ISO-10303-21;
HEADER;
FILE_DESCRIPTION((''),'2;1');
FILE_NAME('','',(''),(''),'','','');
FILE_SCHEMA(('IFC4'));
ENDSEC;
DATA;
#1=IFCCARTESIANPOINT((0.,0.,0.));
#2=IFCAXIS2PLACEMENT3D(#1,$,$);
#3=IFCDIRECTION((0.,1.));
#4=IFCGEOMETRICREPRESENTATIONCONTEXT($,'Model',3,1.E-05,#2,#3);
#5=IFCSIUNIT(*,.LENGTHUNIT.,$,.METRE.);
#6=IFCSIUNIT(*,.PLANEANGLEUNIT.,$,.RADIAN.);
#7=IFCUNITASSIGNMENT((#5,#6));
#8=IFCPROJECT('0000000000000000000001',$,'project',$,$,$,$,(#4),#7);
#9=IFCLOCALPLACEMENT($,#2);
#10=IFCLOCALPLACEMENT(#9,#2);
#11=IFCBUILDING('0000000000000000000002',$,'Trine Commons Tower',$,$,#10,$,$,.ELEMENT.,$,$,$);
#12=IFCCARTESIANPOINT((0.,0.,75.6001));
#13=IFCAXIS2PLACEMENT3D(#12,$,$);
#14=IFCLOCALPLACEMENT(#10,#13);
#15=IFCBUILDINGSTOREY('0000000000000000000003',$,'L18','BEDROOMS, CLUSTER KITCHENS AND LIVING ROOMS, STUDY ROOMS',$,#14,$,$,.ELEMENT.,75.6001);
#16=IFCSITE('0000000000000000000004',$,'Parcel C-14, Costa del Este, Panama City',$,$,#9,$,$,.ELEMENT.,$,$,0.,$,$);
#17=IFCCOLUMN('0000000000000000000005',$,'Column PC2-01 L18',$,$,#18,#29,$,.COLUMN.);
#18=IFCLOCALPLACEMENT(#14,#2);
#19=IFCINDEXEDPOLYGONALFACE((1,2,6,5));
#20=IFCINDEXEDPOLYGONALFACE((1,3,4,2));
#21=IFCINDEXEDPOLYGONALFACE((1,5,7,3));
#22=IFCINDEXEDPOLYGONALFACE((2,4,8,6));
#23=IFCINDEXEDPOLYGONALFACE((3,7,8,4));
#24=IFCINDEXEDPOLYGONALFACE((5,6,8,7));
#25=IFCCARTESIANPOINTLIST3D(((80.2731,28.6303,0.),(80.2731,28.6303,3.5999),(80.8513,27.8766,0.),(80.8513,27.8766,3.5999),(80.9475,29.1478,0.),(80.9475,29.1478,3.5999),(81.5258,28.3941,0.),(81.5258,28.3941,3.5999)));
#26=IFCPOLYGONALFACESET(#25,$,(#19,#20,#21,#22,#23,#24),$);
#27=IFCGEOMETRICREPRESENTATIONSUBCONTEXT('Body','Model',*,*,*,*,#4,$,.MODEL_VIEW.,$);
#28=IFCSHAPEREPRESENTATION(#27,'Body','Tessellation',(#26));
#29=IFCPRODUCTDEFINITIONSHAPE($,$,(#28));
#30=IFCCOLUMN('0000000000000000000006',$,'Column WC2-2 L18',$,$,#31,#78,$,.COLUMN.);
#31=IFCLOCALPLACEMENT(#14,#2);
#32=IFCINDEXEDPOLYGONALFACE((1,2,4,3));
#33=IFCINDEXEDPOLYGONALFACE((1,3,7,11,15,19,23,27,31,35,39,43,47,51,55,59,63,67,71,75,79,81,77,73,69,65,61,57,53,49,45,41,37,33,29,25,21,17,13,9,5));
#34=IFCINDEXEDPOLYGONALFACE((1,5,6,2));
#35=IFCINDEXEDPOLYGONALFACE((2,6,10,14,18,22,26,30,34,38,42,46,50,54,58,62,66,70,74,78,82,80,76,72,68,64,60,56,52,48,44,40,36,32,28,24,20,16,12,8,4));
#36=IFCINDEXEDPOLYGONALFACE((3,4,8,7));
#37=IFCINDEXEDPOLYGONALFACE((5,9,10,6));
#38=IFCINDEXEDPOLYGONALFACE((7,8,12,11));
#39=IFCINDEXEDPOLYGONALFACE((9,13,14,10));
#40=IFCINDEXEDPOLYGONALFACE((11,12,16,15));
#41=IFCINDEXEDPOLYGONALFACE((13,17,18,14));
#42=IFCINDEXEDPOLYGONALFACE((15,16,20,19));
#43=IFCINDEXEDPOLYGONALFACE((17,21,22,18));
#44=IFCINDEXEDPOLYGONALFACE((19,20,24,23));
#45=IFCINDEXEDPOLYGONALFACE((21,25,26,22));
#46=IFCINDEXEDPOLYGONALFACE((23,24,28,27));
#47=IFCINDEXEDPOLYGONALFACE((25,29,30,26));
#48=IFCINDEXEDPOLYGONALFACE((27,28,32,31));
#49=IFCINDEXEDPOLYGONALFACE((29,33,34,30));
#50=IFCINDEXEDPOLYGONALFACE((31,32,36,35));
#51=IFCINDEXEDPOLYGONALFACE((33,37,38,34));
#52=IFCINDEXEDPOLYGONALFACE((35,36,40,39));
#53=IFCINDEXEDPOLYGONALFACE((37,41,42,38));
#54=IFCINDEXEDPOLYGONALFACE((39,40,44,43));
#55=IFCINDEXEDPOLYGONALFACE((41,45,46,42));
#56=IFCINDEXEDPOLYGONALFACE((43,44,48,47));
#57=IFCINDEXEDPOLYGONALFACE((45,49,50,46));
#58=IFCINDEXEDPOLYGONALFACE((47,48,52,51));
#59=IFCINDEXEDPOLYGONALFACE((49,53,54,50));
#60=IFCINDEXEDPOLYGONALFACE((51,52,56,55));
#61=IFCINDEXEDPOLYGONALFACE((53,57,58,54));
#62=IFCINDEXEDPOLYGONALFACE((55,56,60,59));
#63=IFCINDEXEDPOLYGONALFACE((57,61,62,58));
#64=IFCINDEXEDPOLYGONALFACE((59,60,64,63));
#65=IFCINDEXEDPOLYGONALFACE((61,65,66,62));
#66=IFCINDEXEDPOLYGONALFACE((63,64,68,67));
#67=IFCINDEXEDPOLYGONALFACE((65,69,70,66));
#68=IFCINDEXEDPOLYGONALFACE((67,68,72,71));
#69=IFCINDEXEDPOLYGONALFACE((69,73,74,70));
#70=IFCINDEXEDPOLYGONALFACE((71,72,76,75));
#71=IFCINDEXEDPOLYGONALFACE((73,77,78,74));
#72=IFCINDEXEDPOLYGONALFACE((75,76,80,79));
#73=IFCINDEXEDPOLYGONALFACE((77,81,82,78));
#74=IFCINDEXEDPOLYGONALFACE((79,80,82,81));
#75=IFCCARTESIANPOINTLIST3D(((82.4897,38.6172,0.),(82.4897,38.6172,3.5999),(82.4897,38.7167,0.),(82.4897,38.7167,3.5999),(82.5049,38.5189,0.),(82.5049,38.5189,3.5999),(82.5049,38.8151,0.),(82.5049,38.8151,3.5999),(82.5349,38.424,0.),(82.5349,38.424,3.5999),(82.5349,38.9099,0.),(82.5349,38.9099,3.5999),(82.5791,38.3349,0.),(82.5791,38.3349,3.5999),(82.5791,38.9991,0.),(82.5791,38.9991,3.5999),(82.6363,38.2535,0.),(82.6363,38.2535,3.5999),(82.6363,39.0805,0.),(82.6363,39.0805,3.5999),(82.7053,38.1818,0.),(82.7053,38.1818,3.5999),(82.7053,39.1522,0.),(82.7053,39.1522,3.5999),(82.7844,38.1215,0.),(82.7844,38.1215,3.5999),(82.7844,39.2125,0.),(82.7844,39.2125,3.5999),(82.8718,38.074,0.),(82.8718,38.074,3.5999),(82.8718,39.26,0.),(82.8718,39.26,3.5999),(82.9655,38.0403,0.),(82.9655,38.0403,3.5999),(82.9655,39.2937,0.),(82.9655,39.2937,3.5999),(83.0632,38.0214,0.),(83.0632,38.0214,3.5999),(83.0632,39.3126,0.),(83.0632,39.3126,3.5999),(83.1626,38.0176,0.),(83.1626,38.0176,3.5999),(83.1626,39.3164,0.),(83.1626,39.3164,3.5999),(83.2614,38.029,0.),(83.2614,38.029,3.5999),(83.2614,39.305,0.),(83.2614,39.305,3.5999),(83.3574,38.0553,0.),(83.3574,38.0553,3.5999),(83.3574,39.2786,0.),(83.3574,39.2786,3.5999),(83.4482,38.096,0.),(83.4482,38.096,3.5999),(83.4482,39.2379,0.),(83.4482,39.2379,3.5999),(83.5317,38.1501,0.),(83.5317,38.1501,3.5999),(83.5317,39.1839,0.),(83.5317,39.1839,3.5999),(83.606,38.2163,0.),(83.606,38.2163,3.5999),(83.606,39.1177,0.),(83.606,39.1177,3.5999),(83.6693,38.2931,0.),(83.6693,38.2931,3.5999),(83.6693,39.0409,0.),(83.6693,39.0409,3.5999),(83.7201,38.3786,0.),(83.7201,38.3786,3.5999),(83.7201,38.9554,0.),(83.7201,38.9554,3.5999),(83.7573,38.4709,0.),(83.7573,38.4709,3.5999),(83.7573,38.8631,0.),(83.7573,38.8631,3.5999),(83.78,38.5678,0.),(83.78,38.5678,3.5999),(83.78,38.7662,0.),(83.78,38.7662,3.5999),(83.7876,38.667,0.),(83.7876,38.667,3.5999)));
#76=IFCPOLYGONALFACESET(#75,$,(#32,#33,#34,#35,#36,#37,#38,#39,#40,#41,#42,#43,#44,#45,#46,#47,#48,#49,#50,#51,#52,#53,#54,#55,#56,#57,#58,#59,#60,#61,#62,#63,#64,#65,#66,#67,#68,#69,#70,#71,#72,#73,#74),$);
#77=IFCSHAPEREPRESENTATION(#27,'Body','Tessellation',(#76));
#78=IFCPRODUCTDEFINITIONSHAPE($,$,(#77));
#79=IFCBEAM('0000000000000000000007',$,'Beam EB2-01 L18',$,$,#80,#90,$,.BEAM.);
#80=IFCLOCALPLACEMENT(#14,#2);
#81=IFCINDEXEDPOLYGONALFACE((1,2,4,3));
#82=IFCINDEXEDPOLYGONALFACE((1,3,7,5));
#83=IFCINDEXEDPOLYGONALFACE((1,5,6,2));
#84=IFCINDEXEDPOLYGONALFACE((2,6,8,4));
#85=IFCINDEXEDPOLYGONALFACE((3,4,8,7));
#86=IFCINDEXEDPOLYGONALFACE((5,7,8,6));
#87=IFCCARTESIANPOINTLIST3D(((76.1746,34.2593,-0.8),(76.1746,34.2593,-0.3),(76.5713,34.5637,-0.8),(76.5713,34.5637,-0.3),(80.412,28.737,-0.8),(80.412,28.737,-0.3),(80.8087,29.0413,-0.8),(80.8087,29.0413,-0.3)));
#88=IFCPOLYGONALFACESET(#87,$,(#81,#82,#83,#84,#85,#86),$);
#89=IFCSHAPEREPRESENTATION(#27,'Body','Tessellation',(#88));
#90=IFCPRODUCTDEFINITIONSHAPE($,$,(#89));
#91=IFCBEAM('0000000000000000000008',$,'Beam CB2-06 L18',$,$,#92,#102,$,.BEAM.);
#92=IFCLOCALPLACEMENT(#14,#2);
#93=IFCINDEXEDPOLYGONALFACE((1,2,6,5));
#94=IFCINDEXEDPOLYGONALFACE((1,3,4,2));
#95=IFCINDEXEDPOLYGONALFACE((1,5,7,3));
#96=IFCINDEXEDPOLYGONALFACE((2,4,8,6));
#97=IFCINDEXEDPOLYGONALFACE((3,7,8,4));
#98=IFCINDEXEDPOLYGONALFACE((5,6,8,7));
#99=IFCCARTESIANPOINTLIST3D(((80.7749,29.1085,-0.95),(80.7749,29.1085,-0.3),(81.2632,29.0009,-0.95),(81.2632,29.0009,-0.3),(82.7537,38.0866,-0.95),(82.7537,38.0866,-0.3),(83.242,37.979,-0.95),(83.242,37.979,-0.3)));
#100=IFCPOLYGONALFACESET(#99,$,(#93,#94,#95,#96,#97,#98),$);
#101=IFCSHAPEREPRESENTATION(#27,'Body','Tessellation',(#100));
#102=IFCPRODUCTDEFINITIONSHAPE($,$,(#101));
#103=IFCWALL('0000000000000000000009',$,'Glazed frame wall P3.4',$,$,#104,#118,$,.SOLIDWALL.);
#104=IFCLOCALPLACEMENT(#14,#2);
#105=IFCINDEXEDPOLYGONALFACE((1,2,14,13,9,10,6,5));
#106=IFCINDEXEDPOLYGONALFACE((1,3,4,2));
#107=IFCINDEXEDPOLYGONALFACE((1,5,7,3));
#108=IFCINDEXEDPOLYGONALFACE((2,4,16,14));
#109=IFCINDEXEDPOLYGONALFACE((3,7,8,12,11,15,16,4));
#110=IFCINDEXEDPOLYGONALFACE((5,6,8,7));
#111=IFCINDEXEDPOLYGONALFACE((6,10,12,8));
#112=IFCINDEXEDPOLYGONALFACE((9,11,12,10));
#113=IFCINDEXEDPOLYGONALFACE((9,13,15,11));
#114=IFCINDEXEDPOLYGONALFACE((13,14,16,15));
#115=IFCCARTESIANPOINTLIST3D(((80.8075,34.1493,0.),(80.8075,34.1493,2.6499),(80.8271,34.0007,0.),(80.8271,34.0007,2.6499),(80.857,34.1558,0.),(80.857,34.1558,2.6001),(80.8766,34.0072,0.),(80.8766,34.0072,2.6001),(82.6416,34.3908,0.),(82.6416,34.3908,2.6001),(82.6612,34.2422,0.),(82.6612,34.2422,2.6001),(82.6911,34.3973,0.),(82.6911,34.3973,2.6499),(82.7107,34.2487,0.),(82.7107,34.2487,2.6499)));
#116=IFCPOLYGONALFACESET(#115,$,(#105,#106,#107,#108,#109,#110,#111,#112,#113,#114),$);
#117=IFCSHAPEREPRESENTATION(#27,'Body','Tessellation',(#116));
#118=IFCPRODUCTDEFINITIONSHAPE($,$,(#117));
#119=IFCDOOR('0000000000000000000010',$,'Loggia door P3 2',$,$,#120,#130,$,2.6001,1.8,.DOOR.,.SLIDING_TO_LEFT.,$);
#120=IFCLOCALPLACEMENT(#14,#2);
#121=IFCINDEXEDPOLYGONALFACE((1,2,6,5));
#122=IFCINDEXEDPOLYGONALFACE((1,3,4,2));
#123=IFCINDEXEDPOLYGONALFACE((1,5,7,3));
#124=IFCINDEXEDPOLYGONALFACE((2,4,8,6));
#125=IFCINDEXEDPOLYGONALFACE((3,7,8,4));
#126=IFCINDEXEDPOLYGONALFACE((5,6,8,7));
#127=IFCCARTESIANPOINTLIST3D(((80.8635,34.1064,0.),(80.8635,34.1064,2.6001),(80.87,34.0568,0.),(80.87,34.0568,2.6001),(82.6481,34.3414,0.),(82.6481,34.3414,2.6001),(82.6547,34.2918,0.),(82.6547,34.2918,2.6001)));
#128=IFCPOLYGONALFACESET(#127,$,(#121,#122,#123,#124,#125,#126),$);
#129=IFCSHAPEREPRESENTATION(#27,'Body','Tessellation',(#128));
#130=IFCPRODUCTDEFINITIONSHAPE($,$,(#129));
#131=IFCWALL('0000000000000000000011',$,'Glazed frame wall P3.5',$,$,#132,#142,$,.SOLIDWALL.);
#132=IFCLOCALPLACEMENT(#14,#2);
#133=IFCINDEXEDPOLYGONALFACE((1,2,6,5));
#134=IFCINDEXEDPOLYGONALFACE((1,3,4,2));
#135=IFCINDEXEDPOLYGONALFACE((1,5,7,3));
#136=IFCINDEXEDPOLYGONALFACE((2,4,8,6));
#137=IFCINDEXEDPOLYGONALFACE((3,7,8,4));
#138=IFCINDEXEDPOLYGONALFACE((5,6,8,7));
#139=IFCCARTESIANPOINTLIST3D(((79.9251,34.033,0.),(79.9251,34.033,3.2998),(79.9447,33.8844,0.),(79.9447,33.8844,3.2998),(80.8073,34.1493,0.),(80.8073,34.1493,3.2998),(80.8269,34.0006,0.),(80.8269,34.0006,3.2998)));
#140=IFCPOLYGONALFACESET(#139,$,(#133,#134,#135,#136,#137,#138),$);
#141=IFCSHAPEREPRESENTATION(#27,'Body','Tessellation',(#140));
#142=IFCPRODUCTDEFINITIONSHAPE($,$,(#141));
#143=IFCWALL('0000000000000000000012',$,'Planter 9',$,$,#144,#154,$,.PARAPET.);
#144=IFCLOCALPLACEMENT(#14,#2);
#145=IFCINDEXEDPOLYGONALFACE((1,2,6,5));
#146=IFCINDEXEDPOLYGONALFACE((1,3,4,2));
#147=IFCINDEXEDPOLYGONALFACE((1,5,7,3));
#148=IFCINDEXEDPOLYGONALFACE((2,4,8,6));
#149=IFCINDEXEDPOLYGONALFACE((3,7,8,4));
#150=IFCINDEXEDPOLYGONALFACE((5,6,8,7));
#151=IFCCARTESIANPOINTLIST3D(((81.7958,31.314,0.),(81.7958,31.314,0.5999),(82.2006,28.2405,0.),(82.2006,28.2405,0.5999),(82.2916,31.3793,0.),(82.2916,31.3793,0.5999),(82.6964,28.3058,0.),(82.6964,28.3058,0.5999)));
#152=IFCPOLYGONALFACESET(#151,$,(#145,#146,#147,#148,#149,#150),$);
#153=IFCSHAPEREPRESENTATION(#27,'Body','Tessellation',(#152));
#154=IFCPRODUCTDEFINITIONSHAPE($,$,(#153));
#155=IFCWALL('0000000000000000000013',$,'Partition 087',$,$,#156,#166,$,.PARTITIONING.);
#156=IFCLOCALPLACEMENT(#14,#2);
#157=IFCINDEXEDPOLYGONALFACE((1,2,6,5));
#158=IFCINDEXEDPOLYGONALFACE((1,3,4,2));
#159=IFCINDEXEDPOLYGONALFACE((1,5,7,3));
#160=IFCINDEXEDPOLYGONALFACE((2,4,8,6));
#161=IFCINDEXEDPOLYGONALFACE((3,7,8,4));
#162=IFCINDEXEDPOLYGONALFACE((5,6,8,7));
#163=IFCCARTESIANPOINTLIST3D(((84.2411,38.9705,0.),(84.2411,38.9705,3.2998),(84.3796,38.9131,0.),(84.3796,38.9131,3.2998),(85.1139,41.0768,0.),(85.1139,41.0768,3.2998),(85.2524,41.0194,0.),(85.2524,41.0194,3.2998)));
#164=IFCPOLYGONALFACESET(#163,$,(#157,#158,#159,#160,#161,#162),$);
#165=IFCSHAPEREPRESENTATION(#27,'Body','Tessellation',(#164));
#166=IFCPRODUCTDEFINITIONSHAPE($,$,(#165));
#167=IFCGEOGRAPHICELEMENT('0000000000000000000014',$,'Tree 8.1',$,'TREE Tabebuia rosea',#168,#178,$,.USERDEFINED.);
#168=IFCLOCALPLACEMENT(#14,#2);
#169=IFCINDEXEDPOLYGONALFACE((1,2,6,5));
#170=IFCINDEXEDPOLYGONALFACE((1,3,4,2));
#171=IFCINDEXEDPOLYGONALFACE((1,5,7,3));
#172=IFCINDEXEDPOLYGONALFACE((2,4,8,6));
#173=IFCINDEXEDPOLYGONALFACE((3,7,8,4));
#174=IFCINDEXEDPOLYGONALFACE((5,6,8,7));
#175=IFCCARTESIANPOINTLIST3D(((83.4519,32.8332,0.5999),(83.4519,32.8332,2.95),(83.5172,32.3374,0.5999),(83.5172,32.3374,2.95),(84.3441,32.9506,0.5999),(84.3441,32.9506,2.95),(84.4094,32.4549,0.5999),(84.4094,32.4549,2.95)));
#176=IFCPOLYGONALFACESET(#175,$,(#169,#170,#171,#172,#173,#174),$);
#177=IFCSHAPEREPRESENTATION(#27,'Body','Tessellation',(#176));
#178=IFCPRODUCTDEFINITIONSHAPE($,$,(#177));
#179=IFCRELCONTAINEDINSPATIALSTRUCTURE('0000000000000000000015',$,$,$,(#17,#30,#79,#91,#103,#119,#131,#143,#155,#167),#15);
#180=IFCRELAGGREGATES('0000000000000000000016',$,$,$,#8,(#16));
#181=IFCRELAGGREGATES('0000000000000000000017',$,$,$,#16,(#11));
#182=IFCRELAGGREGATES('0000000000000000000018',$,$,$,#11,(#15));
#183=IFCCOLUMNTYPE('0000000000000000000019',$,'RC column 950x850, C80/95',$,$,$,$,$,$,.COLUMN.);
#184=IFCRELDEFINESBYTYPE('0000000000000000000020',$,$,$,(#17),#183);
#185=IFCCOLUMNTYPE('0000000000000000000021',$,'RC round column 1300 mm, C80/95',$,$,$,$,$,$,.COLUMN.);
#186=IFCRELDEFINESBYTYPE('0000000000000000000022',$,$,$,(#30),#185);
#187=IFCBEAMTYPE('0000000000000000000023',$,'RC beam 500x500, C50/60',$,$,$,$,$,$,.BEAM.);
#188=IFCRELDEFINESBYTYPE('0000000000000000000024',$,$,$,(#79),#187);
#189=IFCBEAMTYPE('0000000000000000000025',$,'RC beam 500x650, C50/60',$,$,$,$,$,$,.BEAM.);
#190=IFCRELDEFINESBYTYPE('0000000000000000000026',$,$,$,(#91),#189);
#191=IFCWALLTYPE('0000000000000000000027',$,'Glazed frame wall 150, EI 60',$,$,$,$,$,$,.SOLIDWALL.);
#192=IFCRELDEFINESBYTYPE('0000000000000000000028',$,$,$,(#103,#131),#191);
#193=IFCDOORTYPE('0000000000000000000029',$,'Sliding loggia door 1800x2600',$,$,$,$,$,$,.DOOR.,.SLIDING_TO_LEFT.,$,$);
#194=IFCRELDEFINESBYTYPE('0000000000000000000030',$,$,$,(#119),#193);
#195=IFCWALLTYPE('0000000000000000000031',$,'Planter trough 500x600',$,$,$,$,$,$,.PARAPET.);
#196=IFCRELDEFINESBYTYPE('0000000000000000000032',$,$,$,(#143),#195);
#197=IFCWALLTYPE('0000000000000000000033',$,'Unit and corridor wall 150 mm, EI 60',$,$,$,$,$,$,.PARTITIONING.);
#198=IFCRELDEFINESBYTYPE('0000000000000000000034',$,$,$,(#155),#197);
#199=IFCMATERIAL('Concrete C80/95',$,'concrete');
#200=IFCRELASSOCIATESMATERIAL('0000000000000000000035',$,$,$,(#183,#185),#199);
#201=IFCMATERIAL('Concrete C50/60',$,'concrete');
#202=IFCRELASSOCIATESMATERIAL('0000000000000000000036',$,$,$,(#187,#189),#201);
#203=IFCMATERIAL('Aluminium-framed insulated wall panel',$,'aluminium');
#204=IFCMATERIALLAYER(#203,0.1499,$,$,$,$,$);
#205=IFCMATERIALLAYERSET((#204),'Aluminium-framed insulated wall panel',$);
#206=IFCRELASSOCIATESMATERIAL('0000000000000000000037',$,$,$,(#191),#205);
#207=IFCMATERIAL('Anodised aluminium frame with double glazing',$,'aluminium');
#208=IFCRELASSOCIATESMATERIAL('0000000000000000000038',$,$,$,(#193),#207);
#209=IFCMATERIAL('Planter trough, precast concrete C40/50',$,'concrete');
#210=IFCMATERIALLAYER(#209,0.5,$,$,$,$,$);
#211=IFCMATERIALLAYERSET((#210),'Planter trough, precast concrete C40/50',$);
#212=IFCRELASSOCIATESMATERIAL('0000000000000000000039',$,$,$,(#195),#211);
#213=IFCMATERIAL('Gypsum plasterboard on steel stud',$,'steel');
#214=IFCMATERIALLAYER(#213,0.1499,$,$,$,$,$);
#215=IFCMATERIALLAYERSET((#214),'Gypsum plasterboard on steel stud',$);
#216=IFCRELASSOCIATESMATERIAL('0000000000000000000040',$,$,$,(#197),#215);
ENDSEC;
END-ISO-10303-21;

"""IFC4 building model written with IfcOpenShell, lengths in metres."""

from ifc_helpers import new_model, si_unit, direction, frame, frame_2d, origin, origin_2d, place, context, subcontext, project, spatial, polyline, rectangle, circle, outline, extrude, material, layer, layer_set, material_profile, profile_set, type_object, element, fill, save


model = new_model("IFC4")

# Units and contexts
model_context = context("Model", 3, precision=1e-05, world=origin(), true_north=direction((0.0, 1.0)))
body_context = subcontext(model_context, "Body", "Model", "MODEL_VIEW")
ifc_project = project(units=[si_unit("LENGTHUNIT", "METRE"), si_unit("PLANEANGLEUNIT", "RADIAN")], contexts=[model_context])

# Site, building, storey
site_placement = place(None, origin())
site = spatial("IfcSite", under=ifc_project, at=site_placement, Name="Parcel C-14, Costa del Este, Panama City", CompositionType="ELEMENT", RefElevation=0.0)
building_placement = place(site_placement, origin())
building = spatial("IfcBuilding", under=site, at=building_placement, Name="Trine Commons Tower", CompositionType="ELEMENT")
storey_placement = place(building_placement, frame((0.0, 0.0, 75.6001)))
storey = spatial("IfcBuildingStorey", under=building, at=storey_placement, Name="L18", Description="BEDROOMS, CLUSTER KITCHENS AND LIVING ROOMS, STUDY ROOMS", CompositionType="ELEMENT", Elevation=75.6001)

# Columns
ifc_material_1 = material(Name="Concrete C80/95", Category="concrete")
ifc_material_profile_1 = material_profile(ifc_material_1, rectangle(XDim=0.95, YDim=0.8501, at=origin_2d()), Name="RC 950x850")
ifc_profile_set_1 = profile_set([ifc_material_profile_1], Name="Concrete C80/95")
column_type_1 = type_object("IfcColumnType", Name="RC column 950x850, C80/95", PredefinedType="COLUMN", material=ifc_profile_set_1)
column_1_placement = place(storey_placement, frame((80.8994, 28.5122, 0.0), z_axis=(0.0, 0.0, 1.0), x_axis=(-0.608761, 0.793353, 0.0)))
element("IfcColumn", 1, at=column_1_placement, inside=storey, type_object=column_type_1, Name="Column PC2-01 L18", PredefinedType="COLUMN", context=body_context, shape_type="SweptSolid", body=[
    extrude(rectangle(XDim=0.95, YDim=0.8501, at=origin_2d()), origin(), (0.0, 0.0, 1.0), 3.5999),
])
ifc_material_profile_2 = material_profile(ifc_material_1, circle(Radius=0.6499, at=origin_2d()), Name="RC round 1300")
ifc_profile_set_2 = profile_set([ifc_material_profile_2], Name="Concrete C80/95")
column_type_2 = type_object("IfcColumnType", Name="RC round column 1300 mm, C80/95", PredefinedType="COLUMN", material=ifc_profile_set_2)
column_2_placement = place(storey_placement, frame((83.1377, 38.667, 0.0), z_axis=(0.0, 0.0, 1.0), x_axis=(1.0, 0.0, 0.0)))
element("IfcColumn", 2, at=column_2_placement, inside=storey, type_object=column_type_2, Name="Column WC2-2 L18", PredefinedType="COLUMN", context=body_context, shape_type="SweptSolid", body=[
    extrude(circle(Radius=0.6499, at=origin_2d()), origin(), (0.0, 0.0, 1.0), 3.5999),
])

# Beams
ifc_material_2 = material(Name="Concrete C50/60", Category="concrete")
ifc_material_profile_3 = material_profile(ifc_material_2, rectangle(XDim=0.5, YDim=0.5, at=origin_2d()), Name="RC 500x500")
ifc_profile_set_3 = profile_set([ifc_material_profile_3], Name="Concrete C50/60")
beam_type_1 = type_object("IfcBeamType", Name="RC beam 500x500, C50/60", PredefinedType="BEAM", material=ifc_profile_set_3)
beam_1_placement = place(storey_placement, frame((80.6104, 28.8892, -0.55), z_axis=(-0.608758, 0.793356, 0.0), x_axis=(-0.793356, -0.608758, 0.0)))
element("IfcBeam", 3, at=beam_1_placement, inside=storey, type_object=beam_type_1, Name="Beam EB2-01 L18", PredefinedType="BEAM", context=body_context, shape_type="SweptSolid", body=[
    extrude(rectangle(XDim=0.5, YDim=0.5, at=origin_2d()), origin(), (0.0, 0.0, 1.0), 6.9607),
])
ifc_material_profile_4 = material_profile(ifc_material_2, rectangle(XDim=0.5, YDim=0.6499, at=origin_2d()), Name="RC 500x650")
ifc_profile_set_4 = profile_set([ifc_material_profile_4], Name="Concrete C50/60")
beam_type_2 = type_object("IfcBeamType", Name="RC beam 500x650, C50/60", PredefinedType="BEAM", material=ifc_profile_set_4)
beam_2_placement = place(storey_placement, frame((81.019, 29.0547, -0.625), z_axis=(0.215235, 0.976562, 0.0), x_axis=(-0.976562, 0.215235, 0.0)))
element("IfcBeam", 4, at=beam_2_placement, inside=storey, type_object=beam_type_2, Name="Beam CB2-06 L18", PredefinedType="BEAM", context=body_context, shape_type="SweptSolid", body=[
    extrude(rectangle(XDim=0.5, YDim=0.6499, at=origin_2d()), origin(), (0.0, 0.0, 1.0), 9.1936),
])

# Wall, opening, door
ifc_material_3 = material(Name="Aluminium-framed insulated wall panel", Category="aluminium")
ifc_layer_1 = layer(ifc_material_3, 0.1499)
ifc_layer_set_1 = layer_set([ifc_layer_1], Name="Aluminium-framed insulated wall panel")
wall_type_1 = type_object("IfcWallType", Name="Glazed frame wall 150, EI 60", PredefinedType="SOLIDWALL", material=ifc_layer_set_1)
wall_1_placement = place(storey_placement, frame((82.7009, 34.323, 0.0), z_axis=(0.0, 0.0, 1.0), x_axis=(-0.991442, -0.130548, 0.0)))
wall_1 = element("IfcWall", 5, at=wall_1_placement, inside=storey, type_object=wall_type_1, Name="Glazed frame wall P3.4", PredefinedType="SOLIDWALL", context=body_context, shape_type="SweptSolid", body=[
    extrude(outline(polyline([(0.0, -0.075), (1.8999, -0.075), (1.8999, 0.075), (0.0, 0.075), (0.0, -0.075)])), origin(), (0.0, 0.0, 1.0), 2.6499),
])
opening_1_placement = place(wall_1_placement, frame((0.05, 0.0, 0.0)))
opening_1 = element("IfcOpeningElement", 6, at=opening_1_placement, cuts=wall_1, PredefinedType="OPENING", context=body_context, shape_type="SweptSolid", body=[
    extrude(rectangle(XDim=1.8, YDim=2.6001, at=frame_2d((0.8999, 1.3))), frame((0.0, 0.085, 0.0), z_axis=(0.0, -1.0, 0.0), x_axis=(1.0, 0.0, 0.0)), (0.0, 0.0, 1.0), 0.1699),
])
ifc_material_4 = material(Name="Anodised aluminium frame with double glazing", Category="aluminium")
door_type = type_object("IfcDoorType", Name="Sliding loggia door 1800x2600", OperationType="SLIDING_TO_LEFT", PredefinedType="DOOR", material=ifc_material_4)
door_1_placement = place(opening_1_placement, origin())
door_1 = element("IfcDoor", 7, at=door_1_placement, inside=storey, type_object=door_type, Name="Loggia door P3 2", OperationType="SLIDING_TO_LEFT", OverallHeight=2.6001, OverallWidth=1.8, PredefinedType="DOOR", context=body_context, shape_type="SweptSolid", body=[
    extrude(rectangle(XDim=1.8, YDim=2.6001, at=frame_2d((0.8999, 1.3))), frame((0.0, 0.0249, 0.0), z_axis=(0.0, -1.0, 0.0), x_axis=(1.0, 0.0, 0.0)), (0.0, 0.0, 1.0), 0.05),
])
fill(opening_1, door_1)

# Wall
wall_2_placement = place(storey_placement, frame((80.8171, 34.075, 0.0), z_axis=(0.0, 0.0, 1.0), x_axis=(-0.991434, -0.130612, 0.0)))
element("IfcWall", 8, at=wall_2_placement, inside=storey, type_object=wall_type_1, Name="Glazed frame wall P3.5", PredefinedType="SOLIDWALL", context=body_context, shape_type="SweptSolid", body=[
    extrude(outline(polyline([(0.8899, 0.075), (0.0, 0.075), (0.0, -0.075), (0.8899, -0.075), (0.8899, 0.075)])), origin(), (0.0, 0.0, 1.0), 3.2998),
])

# Walls
ifc_material_5 = material(Name="Planter trough, precast concrete C40/50", Category="concrete")
ifc_layer_2 = layer(ifc_material_5, 0.5)
ifc_layer_set_2 = layer_set([ifc_layer_2], Name="Planter trough, precast concrete C40/50")
wall_type_2 = type_object("IfcWallType", Name="Planter trough 500x600", PredefinedType="PARAPET", material=ifc_layer_set_2)
wall_3_placement = place(storey_placement, frame((82.0437, 31.3467, 0.0), z_axis=(0.0, 0.0, 1.0), x_axis=(0.130575, -0.991438, 0.0)))
element("IfcWall", 9, at=wall_3_placement, inside=storey, type_object=wall_type_2, Name="Planter 9", PredefinedType="PARAPET", context=body_context, shape_type="SweptSolid", body=[
    extrude(rectangle(XDim=3.1001, YDim=0.5, at=frame_2d((1.55, 0.0))), origin(), (0.0, 0.0, 1.0), 0.5999),
])
ifc_material_6 = material(Name="Gypsum plasterboard on steel stud", Category="steel")
ifc_layer_3 = layer(ifc_material_6, 0.1499)
ifc_layer_set_3 = layer_set([ifc_layer_3], Name="Gypsum plasterboard on steel stud")
wall_type_3 = type_object("IfcWallType", Name="Unit and corridor wall 150 mm, EI 60", PredefinedType="PARTITIONING", material=ifc_layer_set_3)
wall_4_placement = place(storey_placement, frame((84.3103, 38.9417, 0.0), z_axis=(0.0, 0.0, 1.0), x_axis=(0.38279, 0.923835, 0.0)))
element("IfcWall", 10, at=wall_4_placement, inside=storey, type_object=wall_type_3, Name="Partition 087", PredefinedType="PARTITIONING", context=body_context, shape_type="SweptSolid", body=[
    extrude(rectangle(XDim=2.28, YDim=0.1499, at=frame_2d((1.1401, 0.0))), origin(), (0.0, 0.0, 1.0), 3.2998),
])

# Geographic element
for number, where, z_axis, x_axis, name in (
    (11, (83.9307, 32.644, 0.5999), (0.0, 0.0, 1.0), (-0.991443, -0.130543, 0.0), "Tree 8.1"),
):
    element("IfcGeographicElement", number, at=place(storey_placement, frame(where, z_axis=z_axis, x_axis=x_axis)), inside=storey, Name=name, ObjectType="TREE Tabebuia rosea", PredefinedType="USERDEFINED", context=body_context, shape_type="SweptSolid", body=[
        extrude(rectangle(XDim=0.8999, YDim=0.5, at=origin_2d()), origin(), (0.0, 0.0, 1.0), 2.3501),
    ])

save(model, "model.ifc")
